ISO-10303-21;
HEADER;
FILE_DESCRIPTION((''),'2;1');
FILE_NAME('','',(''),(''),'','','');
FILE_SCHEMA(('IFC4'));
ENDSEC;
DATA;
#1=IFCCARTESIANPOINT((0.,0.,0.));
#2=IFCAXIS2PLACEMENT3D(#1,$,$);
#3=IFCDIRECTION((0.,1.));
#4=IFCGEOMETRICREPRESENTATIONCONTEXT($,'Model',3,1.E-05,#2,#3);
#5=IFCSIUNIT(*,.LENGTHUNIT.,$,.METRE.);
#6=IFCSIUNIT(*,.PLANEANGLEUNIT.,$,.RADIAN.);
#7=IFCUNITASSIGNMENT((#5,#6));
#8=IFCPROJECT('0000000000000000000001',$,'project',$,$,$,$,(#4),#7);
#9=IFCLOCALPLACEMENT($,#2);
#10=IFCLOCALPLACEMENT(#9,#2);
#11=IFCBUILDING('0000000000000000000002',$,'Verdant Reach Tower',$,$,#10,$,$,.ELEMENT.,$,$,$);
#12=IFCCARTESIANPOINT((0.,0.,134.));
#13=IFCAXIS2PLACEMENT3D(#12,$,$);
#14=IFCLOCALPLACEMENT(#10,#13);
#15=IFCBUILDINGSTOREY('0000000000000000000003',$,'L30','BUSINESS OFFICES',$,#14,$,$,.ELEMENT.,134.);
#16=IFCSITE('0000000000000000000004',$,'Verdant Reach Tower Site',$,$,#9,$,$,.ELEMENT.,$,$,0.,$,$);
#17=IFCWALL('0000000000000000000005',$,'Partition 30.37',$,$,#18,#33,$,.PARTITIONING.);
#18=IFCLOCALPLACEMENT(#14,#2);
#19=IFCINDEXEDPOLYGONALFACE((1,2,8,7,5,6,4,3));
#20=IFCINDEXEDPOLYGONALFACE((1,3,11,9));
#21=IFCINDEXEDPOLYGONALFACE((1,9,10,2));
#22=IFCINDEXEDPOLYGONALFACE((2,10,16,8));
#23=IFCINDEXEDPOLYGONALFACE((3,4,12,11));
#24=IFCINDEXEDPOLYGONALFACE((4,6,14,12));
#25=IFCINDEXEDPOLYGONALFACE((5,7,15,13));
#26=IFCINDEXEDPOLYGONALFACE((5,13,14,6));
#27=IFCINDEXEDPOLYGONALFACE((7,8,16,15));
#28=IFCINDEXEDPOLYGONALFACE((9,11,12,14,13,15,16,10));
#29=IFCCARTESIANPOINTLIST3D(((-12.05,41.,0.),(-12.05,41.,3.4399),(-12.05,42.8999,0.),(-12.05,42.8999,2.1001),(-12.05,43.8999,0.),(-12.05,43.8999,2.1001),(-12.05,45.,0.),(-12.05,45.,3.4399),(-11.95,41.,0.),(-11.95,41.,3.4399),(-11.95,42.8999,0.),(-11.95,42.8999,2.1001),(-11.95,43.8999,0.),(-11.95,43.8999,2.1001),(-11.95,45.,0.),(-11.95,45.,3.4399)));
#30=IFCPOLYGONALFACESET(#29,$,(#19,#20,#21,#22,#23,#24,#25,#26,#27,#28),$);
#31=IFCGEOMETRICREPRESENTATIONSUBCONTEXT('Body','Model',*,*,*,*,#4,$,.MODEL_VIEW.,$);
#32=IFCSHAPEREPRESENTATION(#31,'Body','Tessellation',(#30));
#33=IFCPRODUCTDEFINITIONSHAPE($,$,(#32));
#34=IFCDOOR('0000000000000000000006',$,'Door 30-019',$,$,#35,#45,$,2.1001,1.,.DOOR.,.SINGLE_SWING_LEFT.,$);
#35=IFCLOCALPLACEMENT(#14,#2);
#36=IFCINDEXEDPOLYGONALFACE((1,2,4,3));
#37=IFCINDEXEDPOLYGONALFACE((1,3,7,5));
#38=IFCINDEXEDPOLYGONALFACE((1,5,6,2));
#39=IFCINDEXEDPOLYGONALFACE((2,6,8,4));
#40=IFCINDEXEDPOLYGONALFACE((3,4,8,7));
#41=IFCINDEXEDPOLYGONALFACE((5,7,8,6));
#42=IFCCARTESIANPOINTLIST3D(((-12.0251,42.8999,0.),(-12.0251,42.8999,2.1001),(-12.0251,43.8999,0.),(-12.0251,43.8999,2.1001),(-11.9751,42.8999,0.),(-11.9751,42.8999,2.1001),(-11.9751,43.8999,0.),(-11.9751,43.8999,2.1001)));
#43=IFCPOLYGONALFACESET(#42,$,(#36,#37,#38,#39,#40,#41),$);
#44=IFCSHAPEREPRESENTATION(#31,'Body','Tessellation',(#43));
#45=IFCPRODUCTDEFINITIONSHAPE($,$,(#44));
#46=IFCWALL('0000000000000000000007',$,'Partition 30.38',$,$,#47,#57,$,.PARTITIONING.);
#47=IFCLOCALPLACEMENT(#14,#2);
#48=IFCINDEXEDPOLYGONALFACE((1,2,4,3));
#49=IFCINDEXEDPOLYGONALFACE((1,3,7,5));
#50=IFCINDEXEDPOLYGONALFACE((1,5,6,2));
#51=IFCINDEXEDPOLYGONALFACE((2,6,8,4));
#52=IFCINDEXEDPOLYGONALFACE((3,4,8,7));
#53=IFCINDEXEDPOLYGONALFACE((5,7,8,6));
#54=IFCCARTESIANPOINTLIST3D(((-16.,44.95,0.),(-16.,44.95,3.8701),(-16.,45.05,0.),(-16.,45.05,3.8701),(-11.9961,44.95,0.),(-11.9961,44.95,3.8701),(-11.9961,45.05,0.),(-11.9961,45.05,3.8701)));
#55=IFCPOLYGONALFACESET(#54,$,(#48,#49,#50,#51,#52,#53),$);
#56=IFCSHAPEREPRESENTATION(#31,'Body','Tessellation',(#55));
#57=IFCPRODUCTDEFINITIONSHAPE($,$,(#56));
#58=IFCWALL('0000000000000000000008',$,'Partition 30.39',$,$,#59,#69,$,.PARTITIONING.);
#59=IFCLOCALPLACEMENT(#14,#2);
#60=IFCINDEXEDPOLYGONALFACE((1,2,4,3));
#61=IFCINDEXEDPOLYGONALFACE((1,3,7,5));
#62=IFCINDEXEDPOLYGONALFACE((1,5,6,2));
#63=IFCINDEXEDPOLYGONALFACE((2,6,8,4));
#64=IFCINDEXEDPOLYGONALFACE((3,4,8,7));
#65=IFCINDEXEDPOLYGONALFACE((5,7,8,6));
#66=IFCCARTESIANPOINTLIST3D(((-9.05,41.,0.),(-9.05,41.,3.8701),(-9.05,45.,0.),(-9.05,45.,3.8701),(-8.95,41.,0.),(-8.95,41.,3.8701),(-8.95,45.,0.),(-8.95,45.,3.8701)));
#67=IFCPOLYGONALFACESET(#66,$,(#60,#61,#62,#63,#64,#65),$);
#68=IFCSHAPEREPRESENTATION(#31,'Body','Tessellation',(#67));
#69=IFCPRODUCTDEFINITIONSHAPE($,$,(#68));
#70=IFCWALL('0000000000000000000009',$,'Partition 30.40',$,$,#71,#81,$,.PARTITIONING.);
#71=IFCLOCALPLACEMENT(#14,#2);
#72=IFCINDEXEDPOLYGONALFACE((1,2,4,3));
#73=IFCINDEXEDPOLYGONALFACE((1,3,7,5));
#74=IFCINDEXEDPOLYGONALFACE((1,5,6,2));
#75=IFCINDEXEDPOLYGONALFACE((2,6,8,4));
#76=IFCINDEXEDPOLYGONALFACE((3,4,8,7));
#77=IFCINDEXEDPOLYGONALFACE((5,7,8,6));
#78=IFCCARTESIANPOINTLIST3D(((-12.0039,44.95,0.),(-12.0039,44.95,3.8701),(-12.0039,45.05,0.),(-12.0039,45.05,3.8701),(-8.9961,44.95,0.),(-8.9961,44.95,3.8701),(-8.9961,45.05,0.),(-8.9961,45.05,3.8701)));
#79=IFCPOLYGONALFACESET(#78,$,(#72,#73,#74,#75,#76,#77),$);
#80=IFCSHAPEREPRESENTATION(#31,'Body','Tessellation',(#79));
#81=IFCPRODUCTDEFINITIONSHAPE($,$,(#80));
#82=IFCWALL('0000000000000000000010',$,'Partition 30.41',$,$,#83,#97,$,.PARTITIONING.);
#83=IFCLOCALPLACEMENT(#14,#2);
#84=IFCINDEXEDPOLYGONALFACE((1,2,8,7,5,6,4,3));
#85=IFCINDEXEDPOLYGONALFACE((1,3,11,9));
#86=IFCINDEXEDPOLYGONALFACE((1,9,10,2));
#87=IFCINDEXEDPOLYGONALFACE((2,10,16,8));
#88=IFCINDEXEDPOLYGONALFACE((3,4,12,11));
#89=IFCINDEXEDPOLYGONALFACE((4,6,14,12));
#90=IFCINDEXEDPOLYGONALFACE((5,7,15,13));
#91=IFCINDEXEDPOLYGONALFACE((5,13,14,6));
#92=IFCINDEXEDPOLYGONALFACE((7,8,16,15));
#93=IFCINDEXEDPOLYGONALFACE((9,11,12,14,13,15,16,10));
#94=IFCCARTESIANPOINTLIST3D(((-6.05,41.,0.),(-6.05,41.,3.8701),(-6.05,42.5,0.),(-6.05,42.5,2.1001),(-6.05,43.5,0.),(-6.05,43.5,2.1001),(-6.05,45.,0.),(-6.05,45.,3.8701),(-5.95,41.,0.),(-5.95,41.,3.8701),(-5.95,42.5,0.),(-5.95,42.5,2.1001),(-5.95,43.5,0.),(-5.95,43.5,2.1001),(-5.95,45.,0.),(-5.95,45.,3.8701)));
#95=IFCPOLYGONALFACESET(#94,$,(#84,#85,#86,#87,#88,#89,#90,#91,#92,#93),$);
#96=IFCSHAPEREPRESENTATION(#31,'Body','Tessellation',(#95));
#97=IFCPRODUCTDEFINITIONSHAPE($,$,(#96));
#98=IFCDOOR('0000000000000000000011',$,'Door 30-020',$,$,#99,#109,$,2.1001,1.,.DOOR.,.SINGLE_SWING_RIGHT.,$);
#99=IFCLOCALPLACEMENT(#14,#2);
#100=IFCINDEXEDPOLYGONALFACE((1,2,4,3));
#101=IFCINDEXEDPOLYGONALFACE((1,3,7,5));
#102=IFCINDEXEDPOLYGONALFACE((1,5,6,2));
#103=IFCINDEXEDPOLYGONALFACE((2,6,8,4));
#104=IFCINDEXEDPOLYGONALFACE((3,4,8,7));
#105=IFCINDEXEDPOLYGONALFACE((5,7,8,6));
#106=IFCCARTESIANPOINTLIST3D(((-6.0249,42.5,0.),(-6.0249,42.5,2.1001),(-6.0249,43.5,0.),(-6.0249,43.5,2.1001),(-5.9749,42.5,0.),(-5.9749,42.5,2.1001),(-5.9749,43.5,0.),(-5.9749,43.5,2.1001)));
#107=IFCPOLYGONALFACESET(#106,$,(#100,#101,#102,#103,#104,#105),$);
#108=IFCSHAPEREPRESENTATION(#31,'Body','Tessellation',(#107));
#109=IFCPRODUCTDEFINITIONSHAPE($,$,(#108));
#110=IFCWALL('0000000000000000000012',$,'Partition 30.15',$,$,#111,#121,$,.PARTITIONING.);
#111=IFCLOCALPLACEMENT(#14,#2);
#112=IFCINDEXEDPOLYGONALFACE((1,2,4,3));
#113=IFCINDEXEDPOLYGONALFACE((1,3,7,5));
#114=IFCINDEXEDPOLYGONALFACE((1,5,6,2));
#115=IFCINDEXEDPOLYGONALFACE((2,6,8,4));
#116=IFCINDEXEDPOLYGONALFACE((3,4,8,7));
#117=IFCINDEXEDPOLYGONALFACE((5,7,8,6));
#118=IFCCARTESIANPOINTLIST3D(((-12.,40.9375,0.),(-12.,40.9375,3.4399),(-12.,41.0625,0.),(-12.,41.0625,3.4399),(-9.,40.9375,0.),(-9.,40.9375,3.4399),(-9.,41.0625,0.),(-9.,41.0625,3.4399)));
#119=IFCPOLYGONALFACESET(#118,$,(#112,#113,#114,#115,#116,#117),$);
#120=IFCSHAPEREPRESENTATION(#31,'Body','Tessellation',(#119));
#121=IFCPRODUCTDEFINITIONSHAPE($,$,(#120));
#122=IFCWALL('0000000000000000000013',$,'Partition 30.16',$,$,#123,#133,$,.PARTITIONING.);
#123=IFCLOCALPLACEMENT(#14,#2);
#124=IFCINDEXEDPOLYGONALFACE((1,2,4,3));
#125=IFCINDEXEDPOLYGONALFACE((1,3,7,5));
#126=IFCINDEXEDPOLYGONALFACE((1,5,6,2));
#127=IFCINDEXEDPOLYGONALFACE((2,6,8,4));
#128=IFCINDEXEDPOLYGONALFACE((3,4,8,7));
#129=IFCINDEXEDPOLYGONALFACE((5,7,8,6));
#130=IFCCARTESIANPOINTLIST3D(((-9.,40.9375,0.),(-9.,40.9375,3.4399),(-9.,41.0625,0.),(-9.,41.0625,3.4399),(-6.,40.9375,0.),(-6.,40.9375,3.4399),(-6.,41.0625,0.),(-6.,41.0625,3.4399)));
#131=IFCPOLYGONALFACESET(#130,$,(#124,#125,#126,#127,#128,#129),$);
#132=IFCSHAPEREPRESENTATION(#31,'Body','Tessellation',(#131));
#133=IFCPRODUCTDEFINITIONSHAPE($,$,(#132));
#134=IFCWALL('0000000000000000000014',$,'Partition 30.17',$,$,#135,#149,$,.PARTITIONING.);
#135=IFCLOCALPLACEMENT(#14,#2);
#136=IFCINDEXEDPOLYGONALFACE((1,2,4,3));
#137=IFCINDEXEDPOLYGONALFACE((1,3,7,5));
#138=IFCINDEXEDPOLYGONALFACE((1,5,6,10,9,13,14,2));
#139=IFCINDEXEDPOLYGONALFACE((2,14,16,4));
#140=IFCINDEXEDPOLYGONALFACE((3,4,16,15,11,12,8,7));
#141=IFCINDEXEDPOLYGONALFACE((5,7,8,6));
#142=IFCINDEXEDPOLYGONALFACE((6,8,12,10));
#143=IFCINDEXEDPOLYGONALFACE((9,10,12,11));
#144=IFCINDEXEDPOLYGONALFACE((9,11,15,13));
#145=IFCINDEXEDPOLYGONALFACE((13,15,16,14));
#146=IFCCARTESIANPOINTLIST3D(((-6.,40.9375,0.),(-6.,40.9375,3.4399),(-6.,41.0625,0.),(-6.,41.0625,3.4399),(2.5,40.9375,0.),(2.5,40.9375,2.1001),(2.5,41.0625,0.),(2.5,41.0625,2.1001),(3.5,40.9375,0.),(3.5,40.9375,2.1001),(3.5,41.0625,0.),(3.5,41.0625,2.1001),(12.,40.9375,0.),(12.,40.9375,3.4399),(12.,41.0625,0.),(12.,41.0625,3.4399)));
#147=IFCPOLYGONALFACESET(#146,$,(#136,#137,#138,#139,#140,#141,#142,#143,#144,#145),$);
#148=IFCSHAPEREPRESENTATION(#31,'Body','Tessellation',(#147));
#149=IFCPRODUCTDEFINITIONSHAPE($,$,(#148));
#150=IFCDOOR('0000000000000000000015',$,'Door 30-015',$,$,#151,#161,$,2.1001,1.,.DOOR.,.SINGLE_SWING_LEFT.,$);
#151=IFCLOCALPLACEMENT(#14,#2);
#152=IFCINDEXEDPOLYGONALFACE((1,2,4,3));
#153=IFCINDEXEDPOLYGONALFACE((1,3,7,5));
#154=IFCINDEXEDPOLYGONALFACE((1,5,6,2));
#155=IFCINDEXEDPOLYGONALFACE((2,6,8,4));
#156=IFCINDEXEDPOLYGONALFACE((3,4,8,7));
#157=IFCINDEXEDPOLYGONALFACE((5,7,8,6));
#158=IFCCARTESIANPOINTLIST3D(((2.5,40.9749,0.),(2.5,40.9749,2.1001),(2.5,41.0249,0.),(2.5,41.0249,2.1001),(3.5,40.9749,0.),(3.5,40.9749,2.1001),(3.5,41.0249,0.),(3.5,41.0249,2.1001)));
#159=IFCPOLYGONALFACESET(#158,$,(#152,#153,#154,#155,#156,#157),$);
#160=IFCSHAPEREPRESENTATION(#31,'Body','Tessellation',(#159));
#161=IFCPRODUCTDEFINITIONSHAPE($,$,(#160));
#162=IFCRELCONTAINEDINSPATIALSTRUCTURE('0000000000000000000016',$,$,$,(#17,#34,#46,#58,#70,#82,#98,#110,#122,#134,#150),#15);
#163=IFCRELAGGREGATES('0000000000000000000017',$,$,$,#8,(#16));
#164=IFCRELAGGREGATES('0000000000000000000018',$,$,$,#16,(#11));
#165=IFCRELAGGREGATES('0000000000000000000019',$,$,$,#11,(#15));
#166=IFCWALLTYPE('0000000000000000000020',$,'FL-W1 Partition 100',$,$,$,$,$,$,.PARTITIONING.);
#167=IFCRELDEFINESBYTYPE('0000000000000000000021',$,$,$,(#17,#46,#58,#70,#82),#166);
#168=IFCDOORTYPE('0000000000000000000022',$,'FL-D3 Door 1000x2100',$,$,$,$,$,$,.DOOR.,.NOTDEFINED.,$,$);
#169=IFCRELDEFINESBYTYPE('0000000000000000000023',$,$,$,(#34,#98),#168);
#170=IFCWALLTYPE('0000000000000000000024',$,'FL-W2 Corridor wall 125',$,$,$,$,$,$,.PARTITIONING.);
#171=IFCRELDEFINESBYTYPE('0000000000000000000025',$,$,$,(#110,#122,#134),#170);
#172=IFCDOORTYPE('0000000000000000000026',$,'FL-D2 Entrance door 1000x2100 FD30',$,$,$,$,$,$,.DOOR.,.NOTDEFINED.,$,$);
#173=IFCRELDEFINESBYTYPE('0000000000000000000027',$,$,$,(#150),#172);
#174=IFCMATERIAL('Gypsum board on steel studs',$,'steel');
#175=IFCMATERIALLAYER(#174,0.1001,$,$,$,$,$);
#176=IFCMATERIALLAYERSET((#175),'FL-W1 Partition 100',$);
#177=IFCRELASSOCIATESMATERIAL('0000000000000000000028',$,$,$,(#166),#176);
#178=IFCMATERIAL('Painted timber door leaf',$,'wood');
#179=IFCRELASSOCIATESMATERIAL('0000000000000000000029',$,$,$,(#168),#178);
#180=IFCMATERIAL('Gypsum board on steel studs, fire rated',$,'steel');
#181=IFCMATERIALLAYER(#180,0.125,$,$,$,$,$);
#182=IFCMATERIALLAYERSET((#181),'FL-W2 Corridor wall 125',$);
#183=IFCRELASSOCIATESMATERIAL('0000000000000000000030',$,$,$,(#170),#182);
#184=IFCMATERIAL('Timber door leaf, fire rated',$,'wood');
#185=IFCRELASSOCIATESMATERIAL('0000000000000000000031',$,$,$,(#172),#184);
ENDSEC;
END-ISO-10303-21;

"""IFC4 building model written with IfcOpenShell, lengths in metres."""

from ifc_helpers import new_model, si_unit, direction, frame, frame_2d, origin, place, context, subcontext, project, spatial, rectangle, extrude, material, layer, layer_set, type_object, element, fill, save


model = new_model("IFC4")

# Units and contexts
model_context = context("Model", 3, precision=1e-05, world=origin(), true_north=direction((0.0, 1.0)))
body_context = subcontext(model_context, "Body", "Model", "MODEL_VIEW")
ifc_project = project(units=[si_unit("LENGTHUNIT", "METRE"), si_unit("PLANEANGLEUNIT", "RADIAN")], contexts=[model_context])

# Site, building, storey
site_placement = place(None, origin())
site = spatial("IfcSite", under=ifc_project, at=site_placement, Name="Verdant Reach Tower Site", CompositionType="ELEMENT", RefElevation=0.0)
building_placement = place(site_placement, origin())
building = spatial("IfcBuilding", under=site, at=building_placement, Name="Verdant Reach Tower", CompositionType="ELEMENT")
storey_placement = place(building_placement, frame((0.0, 0.0, 134.0)))
storey = spatial("IfcBuildingStorey", under=building, at=storey_placement, Name="L30", Description="BUSINESS OFFICES", CompositionType="ELEMENT", Elevation=134.0)

# Wall, opening, door
ifc_material_1 = material(Name="Gypsum board on steel studs", Category="steel")
ifc_layer_1 = layer(ifc_material_1, 0.1001)
ifc_layer_set_1 = layer_set([ifc_layer_1], Name="FL-W1 Partition 100")
wall_type_1 = type_object("IfcWallType", Name="FL-W1 Partition 100", PredefinedType="PARTITIONING", material=ifc_layer_set_1)
wall_1_placement = place(storey_placement, frame((-12.0, 45.0, 0.0), z_axis=(0.0, 0.0, 1.0), x_axis=(0.0, -1.0, 0.0)))
wall_1 = element("IfcWall", 1, at=wall_1_placement, inside=storey, type_object=wall_type_1, Name="Partition 30.37", PredefinedType="PARTITIONING", context=body_context, shape_type="SweptSolid", body=[
    extrude(rectangle(XDim=4.0, YDim=0.1001, at=frame_2d((2.0, 0.0))), origin(), (0.0, 0.0, 1.0), 3.4399),
])
opening_1_placement = place(wall_1_placement, frame((1.1001, 0.0, 0.0)))
opening_1 = element("IfcOpeningElement", 2, at=opening_1_placement, cuts=wall_1, PredefinedType="OPENING", context=body_context, shape_type="SweptSolid", body=[
    extrude(rectangle(XDim=1.0, YDim=2.1001, at=frame_2d((0.5, 1.05))), frame((0.0, 0.0601, 0.0), z_axis=(0.0, -1.0, 0.0), x_axis=(1.0, 0.0, 0.0)), (0.0, 0.0, 1.0), 0.1201),
])
ifc_material_2 = material(Name="Painted timber door leaf", Category="wood")
door_type_1 = type_object("IfcDoorType", Name="FL-D3 Door 1000x2100", OperationType="NOTDEFINED", PredefinedType="DOOR", material=ifc_material_2)
door_1_placement = place(opening_1_placement, origin())
door_1 = element("IfcDoor", 3, at=door_1_placement, inside=storey, type_object=door_type_1, Name="Door 30-019", OperationType="SINGLE_SWING_LEFT", OverallHeight=2.1001, OverallWidth=1.0, PredefinedType="DOOR", context=body_context, shape_type="SweptSolid", body=[
    extrude(rectangle(XDim=1.0, YDim=2.1001, at=frame_2d((0.5, 1.05))), frame((0.0, 0.0249, 0.0), z_axis=(0.0, -1.0, 0.0), x_axis=(1.0, 0.0, 0.0)), (0.0, 0.0, 1.0), 0.05),
])
fill(opening_1, door_1)

# Walls
wall_2_placement = place(storey_placement, frame((-11.9961, 45.0, 0.0), z_axis=(0.0, 0.0, 1.0), x_axis=(-1.0, 0.0, 0.0)))
element("IfcWall", 4, at=wall_2_placement, inside=storey, type_object=wall_type_1, Name="Partition 30.38", PredefinedType="PARTITIONING", context=body_context, shape_type="SweptSolid", body=[
    extrude(rectangle(XDim=4.0039, YDim=0.1001, at=frame_2d((2.002, 0.0))), origin(), (0.0, 0.0, 1.0), 3.8701),
])
wall_3_placement = place(storey_placement, frame((-9.0, 41.0, 0.0), z_axis=(0.0, 0.0, 1.0), x_axis=(0.0, 1.0, 0.0)))
element("IfcWall", 5, at=wall_3_placement, inside=storey, type_object=wall_type_1, Name="Partition 30.39", PredefinedType="PARTITIONING", context=body_context, shape_type="SweptSolid", body=[
    extrude(rectangle(XDim=4.0, YDim=0.1001, at=frame_2d((2.0, 0.0))), origin(), (0.0, 0.0, 1.0), 3.8701),
])
wall_4_placement = place(storey_placement, frame((-8.9961, 45.0, 0.0), z_axis=(0.0, 0.0, 1.0), x_axis=(-1.0, 0.0, 0.0)))
element("IfcWall", 6, at=wall_4_placement, inside=storey, type_object=wall_type_1, Name="Partition 30.40", PredefinedType="PARTITIONING", context=body_context, shape_type="SweptSolid", body=[
    extrude(rectangle(XDim=3.0078, YDim=0.1001, at=frame_2d((1.5039, 0.0))), origin(), (0.0, 0.0, 1.0), 3.8701),
])

# Wall, opening, door
wall_5_placement = place(storey_placement, frame((-6.0, 41.0, 0.0), z_axis=(0.0, 0.0, 1.0), x_axis=(0.0, 1.0, 0.0)))
wall_5 = element("IfcWall", 7, at=wall_5_placement, inside=storey, type_object=wall_type_1, Name="Partition 30.41", PredefinedType="PARTITIONING", context=body_context, shape_type="SweptSolid", body=[
    extrude(rectangle(XDim=4.0, YDim=0.1001, at=frame_2d((2.0, 0.0))), origin(), (0.0, 0.0, 1.0), 3.8701),
])
opening_2_placement = place(wall_5_placement, frame((1.5, 0.0, 0.0)))
opening_2 = element("IfcOpeningElement", 8, at=opening_2_placement, cuts=wall_5, PredefinedType="OPENING", context=body_context, shape_type="SweptSolid", body=[
    extrude(rectangle(XDim=1.0, YDim=2.1001, at=frame_2d((0.5, 1.05))), frame((0.0, 0.0601, 0.0), z_axis=(0.0, -1.0, 0.0), x_axis=(1.0, 0.0, 0.0)), (0.0, 0.0, 1.0), 0.1201),
])
door_2_placement = place(opening_2_placement, origin())
door_2 = element("IfcDoor", 9, at=door_2_placement, inside=storey, type_object=door_type_1, Name="Door 30-020", OperationType="SINGLE_SWING_RIGHT", OverallHeight=2.1001, OverallWidth=1.0, PredefinedType="DOOR", context=body_context, shape_type="SweptSolid", body=[
    extrude(rectangle(XDim=1.0, YDim=2.1001, at=frame_2d((0.5, 1.05))), frame((0.0, 0.0249, 0.0), z_axis=(0.0, -1.0, 0.0), x_axis=(1.0, 0.0, 0.0)), (0.0, 0.0, 1.0), 0.05),
])
fill(opening_2, door_2)

# Walls
ifc_material_3 = material(Name="Gypsum board on steel studs, fire rated", Category="steel")
ifc_layer_2 = layer(ifc_material_3, 0.125)
ifc_layer_set_2 = layer_set([ifc_layer_2], Name="FL-W2 Corridor wall 125")
wall_type_2 = type_object("IfcWallType", Name="FL-W2 Corridor wall 125", PredefinedType="PARTITIONING", material=ifc_layer_set_2)
for number, where, z_axis, x_axis, name in (
    (10, (-9.0, 41.0, 0.0), (0.0, 0.0, 1.0), (-1.0, 0.0, 0.0), "Partition 30.15"),
    (11, (-6.0, 41.0, 0.0), (0.0, 0.0, 1.0), (-1.0, 0.0, 0.0), "Partition 30.16"),
):
    element("IfcWall", number, at=place(storey_placement, frame(where, z_axis=z_axis, x_axis=x_axis)), inside=storey, type_object=wall_type_2, Name=name, PredefinedType="PARTITIONING", context=body_context, shape_type="SweptSolid", body=[
        extrude(rectangle(XDim=3.0, YDim=0.125, at=frame_2d((1.5, 0.0))), origin(), (0.0, 0.0, 1.0), 3.4399),
    ])

# Wall, opening, door
wall_6_placement = place(storey_placement, frame((-6.0, 41.0, 0.0), z_axis=(0.0, 0.0, 1.0), x_axis=(1.0, 0.0, 0.0)))
wall_6 = element("IfcWall", 12, at=wall_6_placement, inside=storey, type_object=wall_type_2, Name="Partition 30.17", PredefinedType="PARTITIONING", context=body_context, shape_type="SweptSolid", body=[
    extrude(rectangle(XDim=18.0, YDim=0.125, at=frame_2d((9.0, 0.0))), origin(), (0.0, 0.0, 1.0), 3.4399),
])
opening_3_placement = place(wall_6_placement, frame((8.5, 0.0, 0.0)))
opening_3 = element("IfcOpeningElement", 13, at=opening_3_placement, cuts=wall_6, PredefinedType="OPENING", context=body_context, shape_type="SweptSolid", body=[
    extrude(rectangle(XDim=1.0, YDim=2.1001, at=frame_2d((0.5, 1.05))), frame((0.0, 0.0725, 0.0), z_axis=(0.0, -1.0, 0.0), x_axis=(1.0, 0.0, 0.0)), (0.0, 0.0, 1.0), 0.145),
])
ifc_material_4 = material(Name="Timber door leaf, fire rated", Category="wood")
door_type_2 = type_object("IfcDoorType", Name="FL-D2 Entrance door 1000x2100 FD30", OperationType="NOTDEFINED", PredefinedType="DOOR", material=ifc_material_4)
door_3_placement = place(opening_3_placement, origin())
door_3 = element("IfcDoor", 14, at=door_3_placement, inside=storey, type_object=door_type_2, Name="Door 30-015", OperationType="SINGLE_SWING_LEFT", OverallHeight=2.1001, OverallWidth=1.0, PredefinedType="DOOR", context=body_context, shape_type="SweptSolid", body=[
    extrude(rectangle(XDim=1.0, YDim=2.1001, at=frame_2d((0.5, 1.05))), frame((0.0, 0.0249, 0.0), z_axis=(0.0, -1.0, 0.0), x_axis=(1.0, 0.0, 0.0)), (0.0, 0.0, 1.0), 0.05),
])
fill(opening_3, door_3)

save(model, "model.ifc")
